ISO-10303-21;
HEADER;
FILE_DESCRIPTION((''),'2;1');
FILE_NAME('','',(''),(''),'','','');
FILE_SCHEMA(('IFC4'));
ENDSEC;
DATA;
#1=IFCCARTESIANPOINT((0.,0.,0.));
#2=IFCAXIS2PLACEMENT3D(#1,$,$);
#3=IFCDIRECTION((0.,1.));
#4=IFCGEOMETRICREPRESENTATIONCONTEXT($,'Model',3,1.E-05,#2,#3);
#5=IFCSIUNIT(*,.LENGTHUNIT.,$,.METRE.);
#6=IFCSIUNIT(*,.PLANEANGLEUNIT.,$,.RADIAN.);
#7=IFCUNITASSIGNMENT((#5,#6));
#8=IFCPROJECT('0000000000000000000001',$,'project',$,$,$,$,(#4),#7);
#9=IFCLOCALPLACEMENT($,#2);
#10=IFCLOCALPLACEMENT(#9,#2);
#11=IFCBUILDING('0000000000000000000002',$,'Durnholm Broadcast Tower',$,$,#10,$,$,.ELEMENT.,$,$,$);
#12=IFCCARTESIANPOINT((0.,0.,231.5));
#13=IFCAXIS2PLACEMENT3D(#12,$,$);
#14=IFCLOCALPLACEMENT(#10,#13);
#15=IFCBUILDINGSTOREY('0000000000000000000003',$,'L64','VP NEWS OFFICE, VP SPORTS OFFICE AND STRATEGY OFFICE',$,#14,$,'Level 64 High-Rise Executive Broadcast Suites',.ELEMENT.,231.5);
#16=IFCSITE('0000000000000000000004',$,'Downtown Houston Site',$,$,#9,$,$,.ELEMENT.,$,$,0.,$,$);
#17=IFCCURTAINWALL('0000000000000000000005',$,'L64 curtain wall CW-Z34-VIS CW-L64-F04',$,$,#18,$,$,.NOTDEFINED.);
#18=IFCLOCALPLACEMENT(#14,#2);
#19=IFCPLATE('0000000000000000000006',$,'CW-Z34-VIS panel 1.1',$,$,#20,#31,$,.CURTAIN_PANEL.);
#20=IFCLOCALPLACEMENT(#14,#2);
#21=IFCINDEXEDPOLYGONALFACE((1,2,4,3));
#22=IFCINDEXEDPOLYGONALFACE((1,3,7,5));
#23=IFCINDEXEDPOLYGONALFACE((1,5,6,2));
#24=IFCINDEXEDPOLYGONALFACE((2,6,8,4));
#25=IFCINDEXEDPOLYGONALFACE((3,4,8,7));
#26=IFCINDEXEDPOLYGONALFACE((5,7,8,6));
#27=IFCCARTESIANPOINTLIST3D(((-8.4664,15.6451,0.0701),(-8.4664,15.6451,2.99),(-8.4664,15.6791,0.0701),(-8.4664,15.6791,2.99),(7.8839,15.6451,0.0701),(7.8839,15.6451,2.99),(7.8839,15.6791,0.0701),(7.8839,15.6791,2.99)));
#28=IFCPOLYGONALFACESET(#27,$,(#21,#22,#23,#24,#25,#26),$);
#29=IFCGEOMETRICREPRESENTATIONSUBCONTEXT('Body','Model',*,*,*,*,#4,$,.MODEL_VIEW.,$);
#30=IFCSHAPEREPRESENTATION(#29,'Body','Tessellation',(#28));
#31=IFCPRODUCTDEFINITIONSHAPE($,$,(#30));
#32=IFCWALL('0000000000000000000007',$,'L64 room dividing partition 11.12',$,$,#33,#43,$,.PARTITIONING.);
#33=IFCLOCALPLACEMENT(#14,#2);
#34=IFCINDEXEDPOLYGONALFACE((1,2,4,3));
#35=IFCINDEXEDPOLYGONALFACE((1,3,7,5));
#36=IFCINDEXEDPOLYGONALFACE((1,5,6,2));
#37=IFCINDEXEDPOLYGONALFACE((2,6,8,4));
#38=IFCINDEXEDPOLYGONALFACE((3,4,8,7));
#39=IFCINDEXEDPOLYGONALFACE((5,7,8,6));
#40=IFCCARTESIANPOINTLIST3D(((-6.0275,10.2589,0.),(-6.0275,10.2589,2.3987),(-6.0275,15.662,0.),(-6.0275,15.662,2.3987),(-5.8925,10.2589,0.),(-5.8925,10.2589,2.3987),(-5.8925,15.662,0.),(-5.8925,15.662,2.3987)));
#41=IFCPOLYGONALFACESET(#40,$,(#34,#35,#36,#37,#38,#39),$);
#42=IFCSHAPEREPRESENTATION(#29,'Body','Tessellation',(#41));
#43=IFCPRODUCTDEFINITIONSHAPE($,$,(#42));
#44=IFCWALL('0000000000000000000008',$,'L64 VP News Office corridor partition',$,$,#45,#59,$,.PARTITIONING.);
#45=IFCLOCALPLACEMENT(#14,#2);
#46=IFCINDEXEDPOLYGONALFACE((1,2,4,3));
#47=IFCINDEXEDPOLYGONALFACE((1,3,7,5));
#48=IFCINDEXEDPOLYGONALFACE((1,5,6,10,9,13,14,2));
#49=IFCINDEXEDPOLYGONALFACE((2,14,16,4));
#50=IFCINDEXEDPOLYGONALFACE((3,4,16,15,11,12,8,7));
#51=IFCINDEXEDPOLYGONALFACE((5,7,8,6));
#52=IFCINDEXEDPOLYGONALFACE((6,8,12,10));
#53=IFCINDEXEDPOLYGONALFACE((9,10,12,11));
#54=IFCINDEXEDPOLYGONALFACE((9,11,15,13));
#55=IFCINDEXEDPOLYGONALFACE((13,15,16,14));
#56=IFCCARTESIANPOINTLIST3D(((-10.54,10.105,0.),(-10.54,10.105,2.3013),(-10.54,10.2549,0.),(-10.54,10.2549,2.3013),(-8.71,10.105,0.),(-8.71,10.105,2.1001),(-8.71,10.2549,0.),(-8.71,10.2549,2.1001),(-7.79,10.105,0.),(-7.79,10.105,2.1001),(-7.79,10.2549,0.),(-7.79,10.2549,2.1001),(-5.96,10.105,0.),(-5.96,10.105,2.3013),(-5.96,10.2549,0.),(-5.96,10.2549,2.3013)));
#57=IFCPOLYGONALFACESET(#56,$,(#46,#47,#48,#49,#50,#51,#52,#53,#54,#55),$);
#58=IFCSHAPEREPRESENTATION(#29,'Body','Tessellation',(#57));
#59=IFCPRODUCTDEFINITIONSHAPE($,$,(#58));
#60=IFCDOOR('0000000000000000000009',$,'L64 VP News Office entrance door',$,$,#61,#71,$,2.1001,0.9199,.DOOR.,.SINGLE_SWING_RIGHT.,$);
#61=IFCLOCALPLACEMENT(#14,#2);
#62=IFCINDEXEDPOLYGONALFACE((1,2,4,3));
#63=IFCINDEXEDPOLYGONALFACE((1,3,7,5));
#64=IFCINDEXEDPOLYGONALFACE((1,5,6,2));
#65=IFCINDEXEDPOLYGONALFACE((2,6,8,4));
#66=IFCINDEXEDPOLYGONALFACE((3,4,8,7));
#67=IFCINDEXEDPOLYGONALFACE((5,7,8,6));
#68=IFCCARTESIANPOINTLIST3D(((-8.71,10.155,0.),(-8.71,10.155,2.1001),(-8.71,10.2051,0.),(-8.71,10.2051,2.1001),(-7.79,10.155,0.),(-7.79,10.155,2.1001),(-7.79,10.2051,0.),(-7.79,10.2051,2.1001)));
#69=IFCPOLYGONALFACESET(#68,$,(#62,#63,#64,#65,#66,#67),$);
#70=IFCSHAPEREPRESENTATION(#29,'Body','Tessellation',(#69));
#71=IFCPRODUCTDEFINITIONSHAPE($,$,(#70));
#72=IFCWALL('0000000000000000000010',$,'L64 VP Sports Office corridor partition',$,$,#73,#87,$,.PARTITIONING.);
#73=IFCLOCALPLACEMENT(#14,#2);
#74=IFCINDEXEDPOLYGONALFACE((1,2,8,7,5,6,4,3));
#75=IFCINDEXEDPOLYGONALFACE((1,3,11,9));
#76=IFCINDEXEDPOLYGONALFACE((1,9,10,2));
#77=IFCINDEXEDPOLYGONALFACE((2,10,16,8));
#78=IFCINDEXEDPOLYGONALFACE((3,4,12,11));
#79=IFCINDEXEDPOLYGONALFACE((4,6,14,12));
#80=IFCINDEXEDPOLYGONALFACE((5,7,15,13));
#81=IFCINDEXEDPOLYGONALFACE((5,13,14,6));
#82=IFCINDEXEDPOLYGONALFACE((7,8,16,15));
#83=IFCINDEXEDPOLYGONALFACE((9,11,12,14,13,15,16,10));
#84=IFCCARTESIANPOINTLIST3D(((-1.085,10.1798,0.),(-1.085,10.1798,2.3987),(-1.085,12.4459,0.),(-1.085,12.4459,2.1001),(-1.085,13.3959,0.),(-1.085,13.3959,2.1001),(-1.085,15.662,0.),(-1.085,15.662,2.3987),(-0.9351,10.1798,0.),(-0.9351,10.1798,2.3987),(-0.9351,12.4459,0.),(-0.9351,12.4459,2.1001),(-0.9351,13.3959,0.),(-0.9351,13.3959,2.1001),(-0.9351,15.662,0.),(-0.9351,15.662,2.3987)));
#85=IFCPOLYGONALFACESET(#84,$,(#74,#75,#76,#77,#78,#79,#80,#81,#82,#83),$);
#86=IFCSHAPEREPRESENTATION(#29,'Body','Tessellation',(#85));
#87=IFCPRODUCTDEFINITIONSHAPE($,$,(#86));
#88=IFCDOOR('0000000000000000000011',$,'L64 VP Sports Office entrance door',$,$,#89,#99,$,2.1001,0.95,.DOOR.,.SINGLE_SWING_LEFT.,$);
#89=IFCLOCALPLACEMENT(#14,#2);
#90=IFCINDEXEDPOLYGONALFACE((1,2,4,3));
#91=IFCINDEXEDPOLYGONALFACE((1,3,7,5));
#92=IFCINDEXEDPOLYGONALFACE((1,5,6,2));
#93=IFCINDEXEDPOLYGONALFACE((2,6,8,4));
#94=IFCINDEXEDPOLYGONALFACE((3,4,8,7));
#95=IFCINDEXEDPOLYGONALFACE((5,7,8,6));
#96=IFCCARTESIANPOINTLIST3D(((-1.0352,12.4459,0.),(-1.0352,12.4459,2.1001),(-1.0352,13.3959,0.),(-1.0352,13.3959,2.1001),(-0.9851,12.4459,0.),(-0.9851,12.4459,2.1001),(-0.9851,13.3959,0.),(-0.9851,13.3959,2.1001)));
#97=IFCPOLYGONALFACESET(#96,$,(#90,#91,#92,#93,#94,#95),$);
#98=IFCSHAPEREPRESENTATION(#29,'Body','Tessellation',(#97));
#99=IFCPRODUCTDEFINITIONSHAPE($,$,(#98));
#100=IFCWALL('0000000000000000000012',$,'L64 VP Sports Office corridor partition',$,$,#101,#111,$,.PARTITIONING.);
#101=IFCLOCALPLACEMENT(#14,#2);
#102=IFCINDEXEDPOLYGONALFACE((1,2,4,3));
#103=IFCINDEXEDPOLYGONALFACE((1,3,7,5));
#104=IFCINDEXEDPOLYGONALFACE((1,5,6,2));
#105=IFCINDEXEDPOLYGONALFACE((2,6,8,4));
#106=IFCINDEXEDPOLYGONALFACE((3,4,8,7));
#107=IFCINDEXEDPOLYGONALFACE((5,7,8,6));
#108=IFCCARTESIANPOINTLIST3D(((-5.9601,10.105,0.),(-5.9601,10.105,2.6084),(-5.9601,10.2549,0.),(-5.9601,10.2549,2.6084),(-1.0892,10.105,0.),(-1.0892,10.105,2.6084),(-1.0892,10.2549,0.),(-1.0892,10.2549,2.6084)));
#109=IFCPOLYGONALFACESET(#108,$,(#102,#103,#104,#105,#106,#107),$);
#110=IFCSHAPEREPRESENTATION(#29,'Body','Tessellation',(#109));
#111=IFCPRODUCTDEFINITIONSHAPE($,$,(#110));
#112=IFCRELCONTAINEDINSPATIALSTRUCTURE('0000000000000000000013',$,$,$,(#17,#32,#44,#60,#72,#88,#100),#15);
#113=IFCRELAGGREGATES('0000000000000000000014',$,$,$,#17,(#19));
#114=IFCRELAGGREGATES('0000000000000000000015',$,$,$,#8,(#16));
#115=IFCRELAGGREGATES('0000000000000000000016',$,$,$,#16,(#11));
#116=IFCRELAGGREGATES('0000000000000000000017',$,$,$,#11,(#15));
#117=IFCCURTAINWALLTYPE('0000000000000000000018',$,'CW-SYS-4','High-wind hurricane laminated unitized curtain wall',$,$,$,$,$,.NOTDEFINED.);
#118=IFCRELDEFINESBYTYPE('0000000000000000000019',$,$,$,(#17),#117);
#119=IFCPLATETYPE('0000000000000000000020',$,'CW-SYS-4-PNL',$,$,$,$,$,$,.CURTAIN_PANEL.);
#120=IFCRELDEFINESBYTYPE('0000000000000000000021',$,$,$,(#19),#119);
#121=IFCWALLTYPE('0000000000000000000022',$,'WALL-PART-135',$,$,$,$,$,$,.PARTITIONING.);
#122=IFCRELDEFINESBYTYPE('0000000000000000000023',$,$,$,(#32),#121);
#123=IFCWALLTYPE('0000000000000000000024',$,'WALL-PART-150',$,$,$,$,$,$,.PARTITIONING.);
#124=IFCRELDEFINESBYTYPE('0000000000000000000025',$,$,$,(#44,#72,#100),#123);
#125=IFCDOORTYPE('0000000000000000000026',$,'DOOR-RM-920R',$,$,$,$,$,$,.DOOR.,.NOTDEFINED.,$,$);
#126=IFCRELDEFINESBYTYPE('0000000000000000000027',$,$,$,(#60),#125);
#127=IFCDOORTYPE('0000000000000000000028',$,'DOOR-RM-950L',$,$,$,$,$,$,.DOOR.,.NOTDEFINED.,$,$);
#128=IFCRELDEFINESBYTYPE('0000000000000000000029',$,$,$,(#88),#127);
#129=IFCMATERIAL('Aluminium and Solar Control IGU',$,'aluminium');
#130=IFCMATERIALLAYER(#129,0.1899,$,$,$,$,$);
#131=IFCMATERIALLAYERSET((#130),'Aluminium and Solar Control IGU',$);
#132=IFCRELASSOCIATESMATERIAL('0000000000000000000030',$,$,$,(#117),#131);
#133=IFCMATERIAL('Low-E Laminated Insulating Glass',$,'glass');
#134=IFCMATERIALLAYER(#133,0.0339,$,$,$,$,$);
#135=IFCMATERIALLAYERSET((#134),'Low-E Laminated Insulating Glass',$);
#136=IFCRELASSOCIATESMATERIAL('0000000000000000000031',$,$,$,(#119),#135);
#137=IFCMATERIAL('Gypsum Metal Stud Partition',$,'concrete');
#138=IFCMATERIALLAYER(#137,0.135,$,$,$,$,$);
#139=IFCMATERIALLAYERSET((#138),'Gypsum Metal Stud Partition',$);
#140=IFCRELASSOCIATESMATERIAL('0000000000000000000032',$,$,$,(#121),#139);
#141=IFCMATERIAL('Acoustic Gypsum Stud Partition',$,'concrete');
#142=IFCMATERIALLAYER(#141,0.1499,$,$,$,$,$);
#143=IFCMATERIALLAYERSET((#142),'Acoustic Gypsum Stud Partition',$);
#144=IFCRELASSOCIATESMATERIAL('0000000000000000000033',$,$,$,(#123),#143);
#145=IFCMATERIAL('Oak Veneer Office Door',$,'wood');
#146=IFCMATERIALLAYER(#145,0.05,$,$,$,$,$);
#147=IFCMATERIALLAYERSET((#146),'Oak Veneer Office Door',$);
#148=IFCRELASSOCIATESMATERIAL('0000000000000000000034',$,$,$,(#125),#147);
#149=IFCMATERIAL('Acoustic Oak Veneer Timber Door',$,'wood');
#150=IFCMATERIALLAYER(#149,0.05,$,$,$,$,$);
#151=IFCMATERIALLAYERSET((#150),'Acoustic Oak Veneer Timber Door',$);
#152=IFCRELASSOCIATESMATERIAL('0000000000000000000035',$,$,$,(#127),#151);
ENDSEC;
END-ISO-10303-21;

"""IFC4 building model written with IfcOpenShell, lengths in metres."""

from ifc_helpers import new_model, si_unit, direction, frame, frame_2d, origin, origin_2d, place, context, subcontext, project, spatial, rectangle, extrude, source, transform, mapped, material, layer, layer_set, type_object, type_shapes, element, fill, aggregate, save


model = new_model("IFC4")

# Units and contexts
model_context = context("Model", 3, precision=1e-05, world=origin(), true_north=direction((0.0, 1.0)))
body_context = subcontext(model_context, "Body", "Model", "MODEL_VIEW")
ifc_project = project(units=[si_unit("LENGTHUNIT", "METRE"), si_unit("PLANEANGLEUNIT", "RADIAN")], contexts=[model_context])

# Site, building, storey
site_placement = place(None, origin())
site = spatial("IfcSite", under=ifc_project, at=site_placement, Name="Downtown Houston Site", CompositionType="ELEMENT", RefElevation=0.0)
building_placement = place(site_placement, origin())
building = spatial("IfcBuilding", under=site, at=building_placement, Name="Durnholm Broadcast Tower", CompositionType="ELEMENT")
storey_placement = place(building_placement, frame((0.0, 0.0, 231.5)))
storey = spatial("IfcBuildingStorey", under=building, at=storey_placement, Name="L64", Description="VP NEWS OFFICE, VP SPORTS OFFICE AND STRATEGY OFFICE", LongName="Level 64 High-Rise Executive Broadcast Suites", CompositionType="ELEMENT", Elevation=231.5)

# Shared definitions
ifc_material_1 = material(Name="Aluminium and Solar Control IGU", Category="aluminium")

# Curtain wall
ifc_layer_1 = layer(ifc_material_1, 0.1899)
ifc_layer_set_1 = layer_set([ifc_layer_1], Name="Aluminium and Solar Control IGU")
curtain_wall_type_1 = type_object("IfcCurtainWallType", Name="CW-SYS-4", Description="High-wind hurricane laminated unitized curtain wall", PredefinedType="NOTDEFINED", material=ifc_layer_set_1)
curtain_wall_1_placement = place(storey_placement, origin())
curtain_wall_1 = element("IfcCurtainWall", 1, at=curtain_wall_1_placement, inside=storey, type_object=curtain_wall_type_1, Name="L64 curtain wall CW-Z34-VIS CW-L64-F04", PredefinedType="NOTDEFINED")

# Plate
ifc_material_2 = material(Name="Low-E Laminated Insulating Glass", Category="glass")
ifc_layer_2 = layer(ifc_material_2, 0.0339)
ifc_layer_set_2 = layer_set([ifc_layer_2], Name="Low-E Laminated Insulating Glass")
plate_type_1 = type_object("IfcPlateType", Name="CW-SYS-4-PNL", PredefinedType="CURTAIN_PANEL", material=ifc_layer_set_2)
shared_shape_1 = source(origin(), body_context, "Body", "SweptSolid", [
    extrude(rectangle(XDim=16.3503, YDim=0.0339, at=origin_2d()), origin(), (0.0, 0.0, 1.0), 2.9199),
])
type_shapes(plate_type_1, [shared_shape_1])
plate_1_placement = place(storey_placement, frame((-0.2913, 15.6621, 0.0701), z_axis=(0.0, 0.0, 1.0), x_axis=(1.0, 0.0, 0.0)))
plate_1 = element("IfcPlate", 2, at=plate_1_placement, type_object=plate_type_1, Name="CW-Z34-VIS panel 1.1", PredefinedType="CURTAIN_PANEL", context=body_context, shape_type="MappedRepresentation", body=[
    mapped(shared_shape_1, transform((0.0, 0.0, 0.0), x_axis=(1.0, 0.0, 0.0), y_axis=(0.0, 1.0, 0.0), z_axis=(0.0, 0.0, 1.0), scale=1.0)),
])
aggregate(curtain_wall_1, [plate_1])

# Wall
ifc_material_3 = material(Name="Gypsum Metal Stud Partition", Category="concrete")
ifc_layer_3 = layer(ifc_material_3, 0.135)
ifc_layer_set_3 = layer_set([ifc_layer_3], Name="Gypsum Metal Stud Partition")
wall_type_1 = type_object("IfcWallType", Name="WALL-PART-135", PredefinedType="PARTITIONING", material=ifc_layer_set_3)
wall_1_placement = place(storey_placement, frame((-5.96, 15.6621, 0.0), z_axis=(0.0, 0.0, 1.0), x_axis=(0.0, -1.0, 0.0)))
element("IfcWall", 3, at=wall_1_placement, inside=storey, type_object=wall_type_1, Name="L64 room dividing partition 11.12", PredefinedType="PARTITIONING", context=body_context, shape_type="SweptSolid", body=[
    extrude(rectangle(XDim=5.4031, YDim=0.135, at=frame_2d((2.7017, 0.0))), origin(), (0.0, 0.0, 1.0), 2.3987),
])

# Walls, openings, doors
ifc_material_4 = material(Name="Acoustic Gypsum Stud Partition", Category="concrete")
ifc_layer_4 = layer(ifc_material_4, 0.1499)
ifc_layer_set_4 = layer_set([ifc_layer_4], Name="Acoustic Gypsum Stud Partition")
wall_type_2 = type_object("IfcWallType", Name="WALL-PART-150", PredefinedType="PARTITIONING", material=ifc_layer_set_4)
wall_2_placement = place(storey_placement, frame((-5.96, 10.1799, 0.0), z_axis=(0.0, 0.0, 1.0), x_axis=(-1.0, 0.0, 0.0)))
wall_2 = element("IfcWall", 4, at=wall_2_placement, inside=storey, type_object=wall_type_2, Name="L64 VP News Office corridor partition", PredefinedType="PARTITIONING", context=body_context, shape_type="SweptSolid", body=[
    extrude(rectangle(XDim=4.5801, YDim=0.1499, at=frame_2d((2.29, 0.0))), origin(), (0.0, 0.0, 1.0), 2.3013),
])
opening_1_placement = place(wall_2_placement, frame((1.8301, 0.0, 0.0)))
opening_1 = element("IfcOpeningElement", 5, at=opening_1_placement, cuts=wall_2, PredefinedType="OPENING", context=body_context, shape_type="SweptSolid", body=[
    extrude(rectangle(XDim=0.9199, YDim=2.1001, at=frame_2d((0.46, 1.05))), frame((0.0, 0.085, 0.0), z_axis=(0.0, -1.0, 0.0), x_axis=(1.0, 0.0, 0.0)), (0.0, 0.0, 1.0), 0.1699),
])
ifc_material_5 = material(Name="Oak Veneer Office Door", Category="wood")
ifc_layer_5 = layer(ifc_material_5, 0.05)
ifc_layer_set_5 = layer_set([ifc_layer_5], Name="Oak Veneer Office Door")
door_type_1 = type_object("IfcDoorType", Name="DOOR-RM-920R", OperationType="NOTDEFINED", PredefinedType="DOOR", material=ifc_layer_set_5)
shared_shape_2 = source(origin(), body_context, "Body", "SweptSolid", [
    extrude(rectangle(XDim=0.9199, YDim=2.1001, at=frame_2d((0.46, 1.05))), frame((0.0, 0.0249, 0.0), z_axis=(0.0, -1.0, 0.0), x_axis=(1.0, 0.0, 0.0)), (0.0, 0.0, 1.0), 0.05),
])
type_shapes(door_type_1, [shared_shape_2])
door_1_placement = place(opening_1_placement, origin())
door_1 = element("IfcDoor", 6, at=door_1_placement, inside=storey, type_object=door_type_1, Name="L64 VP News Office entrance door", OperationType="SINGLE_SWING_RIGHT", OverallHeight=2.1001, OverallWidth=0.9199, PredefinedType="DOOR", context=body_context, shape_type="MappedRepresentation", body=[
    mapped(shared_shape_2, transform((0.0, 0.0, 0.0), x_axis=(1.0, 0.0, 0.0), y_axis=(0.0, 1.0, 0.0), z_axis=(0.0, 0.0, 1.0), scale=1.0)),
])
fill(opening_1, door_1)
wall_3_placement = place(storey_placement, frame((-1.01, 15.6621, 0.0), z_axis=(0.0, 0.0, 1.0), x_axis=(0.0, -1.0, 0.0)))
wall_3 = element("IfcWall", 7, at=wall_3_placement, inside=storey, type_object=wall_type_2, Name="L64 VP Sports Office corridor partition", PredefinedType="PARTITIONING", context=body_context, shape_type="SweptSolid", body=[
    extrude(rectangle(XDim=5.4822, YDim=0.1499, at=frame_2d((2.7412, 0.0))), origin(), (0.0, 0.0, 1.0), 2.3987),
])
opening_2_placement = place(wall_3_placement, frame((2.2661, 0.0, 0.0)))
opening_2 = element("IfcOpeningElement", 8, at=opening_2_placement, cuts=wall_3, PredefinedType="OPENING", context=body_context, shape_type="SweptSolid", body=[
    extrude(rectangle(XDim=0.95, YDim=2.1001, at=frame_2d((0.4751, 1.05))), frame((0.0, 0.085, 0.0), z_axis=(0.0, -1.0, 0.0), x_axis=(1.0, 0.0, 0.0)), (0.0, 0.0, 1.0), 0.1699),
])
ifc_material_6 = material(Name="Acoustic Oak Veneer Timber Door", Category="wood")
ifc_layer_6 = layer(ifc_material_6, 0.05)
ifc_layer_set_6 = layer_set([ifc_layer_6], Name="Acoustic Oak Veneer Timber Door")
door_type_2 = type_object("IfcDoorType", Name="DOOR-RM-950L", OperationType="NOTDEFINED", PredefinedType="DOOR", material=ifc_layer_set_6)
shared_shape_3 = source(origin(), body_context, "Body", "SweptSolid", [
    extrude(rectangle(XDim=0.95, YDim=2.1001, at=frame_2d((0.4751, 1.05))), frame((0.0, 0.0249, 0.0), z_axis=(0.0, -1.0, 0.0), x_axis=(1.0, 0.0, 0.0)), (0.0, 0.0, 1.0), 0.05),
])
type_shapes(door_type_2, [shared_shape_3])
door_2_placement = place(opening_2_placement, origin())
door_2 = element("IfcDoor", 9, at=door_2_placement, inside=storey, type_object=door_type_2, Name="L64 VP Sports Office entrance door", OperationType="SINGLE_SWING_LEFT", OverallHeight=2.1001, OverallWidth=0.95, PredefinedType="DOOR", context=body_context, shape_type="MappedRepresentation", body=[
    mapped(shared_shape_3, transform((0.0, 0.0, 0.0), x_axis=(1.0, 0.0, 0.0), y_axis=(0.0, 1.0, 0.0), z_axis=(0.0, 0.0, 1.0), scale=1.0)),
])
fill(opening_2, door_2)

# Wall
wall_4_placement = place(storey_placement, frame((-1.0891, 10.1799, 0.0), z_axis=(0.0, 0.0, 1.0), x_axis=(-1.0, 0.0, 0.0)))
element("IfcWall", 10, at=wall_4_placement, inside=storey, type_object=wall_type_2, Name="L64 VP Sports Office corridor partition", PredefinedType="PARTITIONING", context=body_context, shape_type="SweptSolid", body=[
    extrude(rectangle(XDim=4.8708, YDim=0.1499, at=frame_2d((2.4355, 0.0))), origin(), (0.0, 0.0, 1.0), 2.6084),
])

save(model, "model.ifc")
